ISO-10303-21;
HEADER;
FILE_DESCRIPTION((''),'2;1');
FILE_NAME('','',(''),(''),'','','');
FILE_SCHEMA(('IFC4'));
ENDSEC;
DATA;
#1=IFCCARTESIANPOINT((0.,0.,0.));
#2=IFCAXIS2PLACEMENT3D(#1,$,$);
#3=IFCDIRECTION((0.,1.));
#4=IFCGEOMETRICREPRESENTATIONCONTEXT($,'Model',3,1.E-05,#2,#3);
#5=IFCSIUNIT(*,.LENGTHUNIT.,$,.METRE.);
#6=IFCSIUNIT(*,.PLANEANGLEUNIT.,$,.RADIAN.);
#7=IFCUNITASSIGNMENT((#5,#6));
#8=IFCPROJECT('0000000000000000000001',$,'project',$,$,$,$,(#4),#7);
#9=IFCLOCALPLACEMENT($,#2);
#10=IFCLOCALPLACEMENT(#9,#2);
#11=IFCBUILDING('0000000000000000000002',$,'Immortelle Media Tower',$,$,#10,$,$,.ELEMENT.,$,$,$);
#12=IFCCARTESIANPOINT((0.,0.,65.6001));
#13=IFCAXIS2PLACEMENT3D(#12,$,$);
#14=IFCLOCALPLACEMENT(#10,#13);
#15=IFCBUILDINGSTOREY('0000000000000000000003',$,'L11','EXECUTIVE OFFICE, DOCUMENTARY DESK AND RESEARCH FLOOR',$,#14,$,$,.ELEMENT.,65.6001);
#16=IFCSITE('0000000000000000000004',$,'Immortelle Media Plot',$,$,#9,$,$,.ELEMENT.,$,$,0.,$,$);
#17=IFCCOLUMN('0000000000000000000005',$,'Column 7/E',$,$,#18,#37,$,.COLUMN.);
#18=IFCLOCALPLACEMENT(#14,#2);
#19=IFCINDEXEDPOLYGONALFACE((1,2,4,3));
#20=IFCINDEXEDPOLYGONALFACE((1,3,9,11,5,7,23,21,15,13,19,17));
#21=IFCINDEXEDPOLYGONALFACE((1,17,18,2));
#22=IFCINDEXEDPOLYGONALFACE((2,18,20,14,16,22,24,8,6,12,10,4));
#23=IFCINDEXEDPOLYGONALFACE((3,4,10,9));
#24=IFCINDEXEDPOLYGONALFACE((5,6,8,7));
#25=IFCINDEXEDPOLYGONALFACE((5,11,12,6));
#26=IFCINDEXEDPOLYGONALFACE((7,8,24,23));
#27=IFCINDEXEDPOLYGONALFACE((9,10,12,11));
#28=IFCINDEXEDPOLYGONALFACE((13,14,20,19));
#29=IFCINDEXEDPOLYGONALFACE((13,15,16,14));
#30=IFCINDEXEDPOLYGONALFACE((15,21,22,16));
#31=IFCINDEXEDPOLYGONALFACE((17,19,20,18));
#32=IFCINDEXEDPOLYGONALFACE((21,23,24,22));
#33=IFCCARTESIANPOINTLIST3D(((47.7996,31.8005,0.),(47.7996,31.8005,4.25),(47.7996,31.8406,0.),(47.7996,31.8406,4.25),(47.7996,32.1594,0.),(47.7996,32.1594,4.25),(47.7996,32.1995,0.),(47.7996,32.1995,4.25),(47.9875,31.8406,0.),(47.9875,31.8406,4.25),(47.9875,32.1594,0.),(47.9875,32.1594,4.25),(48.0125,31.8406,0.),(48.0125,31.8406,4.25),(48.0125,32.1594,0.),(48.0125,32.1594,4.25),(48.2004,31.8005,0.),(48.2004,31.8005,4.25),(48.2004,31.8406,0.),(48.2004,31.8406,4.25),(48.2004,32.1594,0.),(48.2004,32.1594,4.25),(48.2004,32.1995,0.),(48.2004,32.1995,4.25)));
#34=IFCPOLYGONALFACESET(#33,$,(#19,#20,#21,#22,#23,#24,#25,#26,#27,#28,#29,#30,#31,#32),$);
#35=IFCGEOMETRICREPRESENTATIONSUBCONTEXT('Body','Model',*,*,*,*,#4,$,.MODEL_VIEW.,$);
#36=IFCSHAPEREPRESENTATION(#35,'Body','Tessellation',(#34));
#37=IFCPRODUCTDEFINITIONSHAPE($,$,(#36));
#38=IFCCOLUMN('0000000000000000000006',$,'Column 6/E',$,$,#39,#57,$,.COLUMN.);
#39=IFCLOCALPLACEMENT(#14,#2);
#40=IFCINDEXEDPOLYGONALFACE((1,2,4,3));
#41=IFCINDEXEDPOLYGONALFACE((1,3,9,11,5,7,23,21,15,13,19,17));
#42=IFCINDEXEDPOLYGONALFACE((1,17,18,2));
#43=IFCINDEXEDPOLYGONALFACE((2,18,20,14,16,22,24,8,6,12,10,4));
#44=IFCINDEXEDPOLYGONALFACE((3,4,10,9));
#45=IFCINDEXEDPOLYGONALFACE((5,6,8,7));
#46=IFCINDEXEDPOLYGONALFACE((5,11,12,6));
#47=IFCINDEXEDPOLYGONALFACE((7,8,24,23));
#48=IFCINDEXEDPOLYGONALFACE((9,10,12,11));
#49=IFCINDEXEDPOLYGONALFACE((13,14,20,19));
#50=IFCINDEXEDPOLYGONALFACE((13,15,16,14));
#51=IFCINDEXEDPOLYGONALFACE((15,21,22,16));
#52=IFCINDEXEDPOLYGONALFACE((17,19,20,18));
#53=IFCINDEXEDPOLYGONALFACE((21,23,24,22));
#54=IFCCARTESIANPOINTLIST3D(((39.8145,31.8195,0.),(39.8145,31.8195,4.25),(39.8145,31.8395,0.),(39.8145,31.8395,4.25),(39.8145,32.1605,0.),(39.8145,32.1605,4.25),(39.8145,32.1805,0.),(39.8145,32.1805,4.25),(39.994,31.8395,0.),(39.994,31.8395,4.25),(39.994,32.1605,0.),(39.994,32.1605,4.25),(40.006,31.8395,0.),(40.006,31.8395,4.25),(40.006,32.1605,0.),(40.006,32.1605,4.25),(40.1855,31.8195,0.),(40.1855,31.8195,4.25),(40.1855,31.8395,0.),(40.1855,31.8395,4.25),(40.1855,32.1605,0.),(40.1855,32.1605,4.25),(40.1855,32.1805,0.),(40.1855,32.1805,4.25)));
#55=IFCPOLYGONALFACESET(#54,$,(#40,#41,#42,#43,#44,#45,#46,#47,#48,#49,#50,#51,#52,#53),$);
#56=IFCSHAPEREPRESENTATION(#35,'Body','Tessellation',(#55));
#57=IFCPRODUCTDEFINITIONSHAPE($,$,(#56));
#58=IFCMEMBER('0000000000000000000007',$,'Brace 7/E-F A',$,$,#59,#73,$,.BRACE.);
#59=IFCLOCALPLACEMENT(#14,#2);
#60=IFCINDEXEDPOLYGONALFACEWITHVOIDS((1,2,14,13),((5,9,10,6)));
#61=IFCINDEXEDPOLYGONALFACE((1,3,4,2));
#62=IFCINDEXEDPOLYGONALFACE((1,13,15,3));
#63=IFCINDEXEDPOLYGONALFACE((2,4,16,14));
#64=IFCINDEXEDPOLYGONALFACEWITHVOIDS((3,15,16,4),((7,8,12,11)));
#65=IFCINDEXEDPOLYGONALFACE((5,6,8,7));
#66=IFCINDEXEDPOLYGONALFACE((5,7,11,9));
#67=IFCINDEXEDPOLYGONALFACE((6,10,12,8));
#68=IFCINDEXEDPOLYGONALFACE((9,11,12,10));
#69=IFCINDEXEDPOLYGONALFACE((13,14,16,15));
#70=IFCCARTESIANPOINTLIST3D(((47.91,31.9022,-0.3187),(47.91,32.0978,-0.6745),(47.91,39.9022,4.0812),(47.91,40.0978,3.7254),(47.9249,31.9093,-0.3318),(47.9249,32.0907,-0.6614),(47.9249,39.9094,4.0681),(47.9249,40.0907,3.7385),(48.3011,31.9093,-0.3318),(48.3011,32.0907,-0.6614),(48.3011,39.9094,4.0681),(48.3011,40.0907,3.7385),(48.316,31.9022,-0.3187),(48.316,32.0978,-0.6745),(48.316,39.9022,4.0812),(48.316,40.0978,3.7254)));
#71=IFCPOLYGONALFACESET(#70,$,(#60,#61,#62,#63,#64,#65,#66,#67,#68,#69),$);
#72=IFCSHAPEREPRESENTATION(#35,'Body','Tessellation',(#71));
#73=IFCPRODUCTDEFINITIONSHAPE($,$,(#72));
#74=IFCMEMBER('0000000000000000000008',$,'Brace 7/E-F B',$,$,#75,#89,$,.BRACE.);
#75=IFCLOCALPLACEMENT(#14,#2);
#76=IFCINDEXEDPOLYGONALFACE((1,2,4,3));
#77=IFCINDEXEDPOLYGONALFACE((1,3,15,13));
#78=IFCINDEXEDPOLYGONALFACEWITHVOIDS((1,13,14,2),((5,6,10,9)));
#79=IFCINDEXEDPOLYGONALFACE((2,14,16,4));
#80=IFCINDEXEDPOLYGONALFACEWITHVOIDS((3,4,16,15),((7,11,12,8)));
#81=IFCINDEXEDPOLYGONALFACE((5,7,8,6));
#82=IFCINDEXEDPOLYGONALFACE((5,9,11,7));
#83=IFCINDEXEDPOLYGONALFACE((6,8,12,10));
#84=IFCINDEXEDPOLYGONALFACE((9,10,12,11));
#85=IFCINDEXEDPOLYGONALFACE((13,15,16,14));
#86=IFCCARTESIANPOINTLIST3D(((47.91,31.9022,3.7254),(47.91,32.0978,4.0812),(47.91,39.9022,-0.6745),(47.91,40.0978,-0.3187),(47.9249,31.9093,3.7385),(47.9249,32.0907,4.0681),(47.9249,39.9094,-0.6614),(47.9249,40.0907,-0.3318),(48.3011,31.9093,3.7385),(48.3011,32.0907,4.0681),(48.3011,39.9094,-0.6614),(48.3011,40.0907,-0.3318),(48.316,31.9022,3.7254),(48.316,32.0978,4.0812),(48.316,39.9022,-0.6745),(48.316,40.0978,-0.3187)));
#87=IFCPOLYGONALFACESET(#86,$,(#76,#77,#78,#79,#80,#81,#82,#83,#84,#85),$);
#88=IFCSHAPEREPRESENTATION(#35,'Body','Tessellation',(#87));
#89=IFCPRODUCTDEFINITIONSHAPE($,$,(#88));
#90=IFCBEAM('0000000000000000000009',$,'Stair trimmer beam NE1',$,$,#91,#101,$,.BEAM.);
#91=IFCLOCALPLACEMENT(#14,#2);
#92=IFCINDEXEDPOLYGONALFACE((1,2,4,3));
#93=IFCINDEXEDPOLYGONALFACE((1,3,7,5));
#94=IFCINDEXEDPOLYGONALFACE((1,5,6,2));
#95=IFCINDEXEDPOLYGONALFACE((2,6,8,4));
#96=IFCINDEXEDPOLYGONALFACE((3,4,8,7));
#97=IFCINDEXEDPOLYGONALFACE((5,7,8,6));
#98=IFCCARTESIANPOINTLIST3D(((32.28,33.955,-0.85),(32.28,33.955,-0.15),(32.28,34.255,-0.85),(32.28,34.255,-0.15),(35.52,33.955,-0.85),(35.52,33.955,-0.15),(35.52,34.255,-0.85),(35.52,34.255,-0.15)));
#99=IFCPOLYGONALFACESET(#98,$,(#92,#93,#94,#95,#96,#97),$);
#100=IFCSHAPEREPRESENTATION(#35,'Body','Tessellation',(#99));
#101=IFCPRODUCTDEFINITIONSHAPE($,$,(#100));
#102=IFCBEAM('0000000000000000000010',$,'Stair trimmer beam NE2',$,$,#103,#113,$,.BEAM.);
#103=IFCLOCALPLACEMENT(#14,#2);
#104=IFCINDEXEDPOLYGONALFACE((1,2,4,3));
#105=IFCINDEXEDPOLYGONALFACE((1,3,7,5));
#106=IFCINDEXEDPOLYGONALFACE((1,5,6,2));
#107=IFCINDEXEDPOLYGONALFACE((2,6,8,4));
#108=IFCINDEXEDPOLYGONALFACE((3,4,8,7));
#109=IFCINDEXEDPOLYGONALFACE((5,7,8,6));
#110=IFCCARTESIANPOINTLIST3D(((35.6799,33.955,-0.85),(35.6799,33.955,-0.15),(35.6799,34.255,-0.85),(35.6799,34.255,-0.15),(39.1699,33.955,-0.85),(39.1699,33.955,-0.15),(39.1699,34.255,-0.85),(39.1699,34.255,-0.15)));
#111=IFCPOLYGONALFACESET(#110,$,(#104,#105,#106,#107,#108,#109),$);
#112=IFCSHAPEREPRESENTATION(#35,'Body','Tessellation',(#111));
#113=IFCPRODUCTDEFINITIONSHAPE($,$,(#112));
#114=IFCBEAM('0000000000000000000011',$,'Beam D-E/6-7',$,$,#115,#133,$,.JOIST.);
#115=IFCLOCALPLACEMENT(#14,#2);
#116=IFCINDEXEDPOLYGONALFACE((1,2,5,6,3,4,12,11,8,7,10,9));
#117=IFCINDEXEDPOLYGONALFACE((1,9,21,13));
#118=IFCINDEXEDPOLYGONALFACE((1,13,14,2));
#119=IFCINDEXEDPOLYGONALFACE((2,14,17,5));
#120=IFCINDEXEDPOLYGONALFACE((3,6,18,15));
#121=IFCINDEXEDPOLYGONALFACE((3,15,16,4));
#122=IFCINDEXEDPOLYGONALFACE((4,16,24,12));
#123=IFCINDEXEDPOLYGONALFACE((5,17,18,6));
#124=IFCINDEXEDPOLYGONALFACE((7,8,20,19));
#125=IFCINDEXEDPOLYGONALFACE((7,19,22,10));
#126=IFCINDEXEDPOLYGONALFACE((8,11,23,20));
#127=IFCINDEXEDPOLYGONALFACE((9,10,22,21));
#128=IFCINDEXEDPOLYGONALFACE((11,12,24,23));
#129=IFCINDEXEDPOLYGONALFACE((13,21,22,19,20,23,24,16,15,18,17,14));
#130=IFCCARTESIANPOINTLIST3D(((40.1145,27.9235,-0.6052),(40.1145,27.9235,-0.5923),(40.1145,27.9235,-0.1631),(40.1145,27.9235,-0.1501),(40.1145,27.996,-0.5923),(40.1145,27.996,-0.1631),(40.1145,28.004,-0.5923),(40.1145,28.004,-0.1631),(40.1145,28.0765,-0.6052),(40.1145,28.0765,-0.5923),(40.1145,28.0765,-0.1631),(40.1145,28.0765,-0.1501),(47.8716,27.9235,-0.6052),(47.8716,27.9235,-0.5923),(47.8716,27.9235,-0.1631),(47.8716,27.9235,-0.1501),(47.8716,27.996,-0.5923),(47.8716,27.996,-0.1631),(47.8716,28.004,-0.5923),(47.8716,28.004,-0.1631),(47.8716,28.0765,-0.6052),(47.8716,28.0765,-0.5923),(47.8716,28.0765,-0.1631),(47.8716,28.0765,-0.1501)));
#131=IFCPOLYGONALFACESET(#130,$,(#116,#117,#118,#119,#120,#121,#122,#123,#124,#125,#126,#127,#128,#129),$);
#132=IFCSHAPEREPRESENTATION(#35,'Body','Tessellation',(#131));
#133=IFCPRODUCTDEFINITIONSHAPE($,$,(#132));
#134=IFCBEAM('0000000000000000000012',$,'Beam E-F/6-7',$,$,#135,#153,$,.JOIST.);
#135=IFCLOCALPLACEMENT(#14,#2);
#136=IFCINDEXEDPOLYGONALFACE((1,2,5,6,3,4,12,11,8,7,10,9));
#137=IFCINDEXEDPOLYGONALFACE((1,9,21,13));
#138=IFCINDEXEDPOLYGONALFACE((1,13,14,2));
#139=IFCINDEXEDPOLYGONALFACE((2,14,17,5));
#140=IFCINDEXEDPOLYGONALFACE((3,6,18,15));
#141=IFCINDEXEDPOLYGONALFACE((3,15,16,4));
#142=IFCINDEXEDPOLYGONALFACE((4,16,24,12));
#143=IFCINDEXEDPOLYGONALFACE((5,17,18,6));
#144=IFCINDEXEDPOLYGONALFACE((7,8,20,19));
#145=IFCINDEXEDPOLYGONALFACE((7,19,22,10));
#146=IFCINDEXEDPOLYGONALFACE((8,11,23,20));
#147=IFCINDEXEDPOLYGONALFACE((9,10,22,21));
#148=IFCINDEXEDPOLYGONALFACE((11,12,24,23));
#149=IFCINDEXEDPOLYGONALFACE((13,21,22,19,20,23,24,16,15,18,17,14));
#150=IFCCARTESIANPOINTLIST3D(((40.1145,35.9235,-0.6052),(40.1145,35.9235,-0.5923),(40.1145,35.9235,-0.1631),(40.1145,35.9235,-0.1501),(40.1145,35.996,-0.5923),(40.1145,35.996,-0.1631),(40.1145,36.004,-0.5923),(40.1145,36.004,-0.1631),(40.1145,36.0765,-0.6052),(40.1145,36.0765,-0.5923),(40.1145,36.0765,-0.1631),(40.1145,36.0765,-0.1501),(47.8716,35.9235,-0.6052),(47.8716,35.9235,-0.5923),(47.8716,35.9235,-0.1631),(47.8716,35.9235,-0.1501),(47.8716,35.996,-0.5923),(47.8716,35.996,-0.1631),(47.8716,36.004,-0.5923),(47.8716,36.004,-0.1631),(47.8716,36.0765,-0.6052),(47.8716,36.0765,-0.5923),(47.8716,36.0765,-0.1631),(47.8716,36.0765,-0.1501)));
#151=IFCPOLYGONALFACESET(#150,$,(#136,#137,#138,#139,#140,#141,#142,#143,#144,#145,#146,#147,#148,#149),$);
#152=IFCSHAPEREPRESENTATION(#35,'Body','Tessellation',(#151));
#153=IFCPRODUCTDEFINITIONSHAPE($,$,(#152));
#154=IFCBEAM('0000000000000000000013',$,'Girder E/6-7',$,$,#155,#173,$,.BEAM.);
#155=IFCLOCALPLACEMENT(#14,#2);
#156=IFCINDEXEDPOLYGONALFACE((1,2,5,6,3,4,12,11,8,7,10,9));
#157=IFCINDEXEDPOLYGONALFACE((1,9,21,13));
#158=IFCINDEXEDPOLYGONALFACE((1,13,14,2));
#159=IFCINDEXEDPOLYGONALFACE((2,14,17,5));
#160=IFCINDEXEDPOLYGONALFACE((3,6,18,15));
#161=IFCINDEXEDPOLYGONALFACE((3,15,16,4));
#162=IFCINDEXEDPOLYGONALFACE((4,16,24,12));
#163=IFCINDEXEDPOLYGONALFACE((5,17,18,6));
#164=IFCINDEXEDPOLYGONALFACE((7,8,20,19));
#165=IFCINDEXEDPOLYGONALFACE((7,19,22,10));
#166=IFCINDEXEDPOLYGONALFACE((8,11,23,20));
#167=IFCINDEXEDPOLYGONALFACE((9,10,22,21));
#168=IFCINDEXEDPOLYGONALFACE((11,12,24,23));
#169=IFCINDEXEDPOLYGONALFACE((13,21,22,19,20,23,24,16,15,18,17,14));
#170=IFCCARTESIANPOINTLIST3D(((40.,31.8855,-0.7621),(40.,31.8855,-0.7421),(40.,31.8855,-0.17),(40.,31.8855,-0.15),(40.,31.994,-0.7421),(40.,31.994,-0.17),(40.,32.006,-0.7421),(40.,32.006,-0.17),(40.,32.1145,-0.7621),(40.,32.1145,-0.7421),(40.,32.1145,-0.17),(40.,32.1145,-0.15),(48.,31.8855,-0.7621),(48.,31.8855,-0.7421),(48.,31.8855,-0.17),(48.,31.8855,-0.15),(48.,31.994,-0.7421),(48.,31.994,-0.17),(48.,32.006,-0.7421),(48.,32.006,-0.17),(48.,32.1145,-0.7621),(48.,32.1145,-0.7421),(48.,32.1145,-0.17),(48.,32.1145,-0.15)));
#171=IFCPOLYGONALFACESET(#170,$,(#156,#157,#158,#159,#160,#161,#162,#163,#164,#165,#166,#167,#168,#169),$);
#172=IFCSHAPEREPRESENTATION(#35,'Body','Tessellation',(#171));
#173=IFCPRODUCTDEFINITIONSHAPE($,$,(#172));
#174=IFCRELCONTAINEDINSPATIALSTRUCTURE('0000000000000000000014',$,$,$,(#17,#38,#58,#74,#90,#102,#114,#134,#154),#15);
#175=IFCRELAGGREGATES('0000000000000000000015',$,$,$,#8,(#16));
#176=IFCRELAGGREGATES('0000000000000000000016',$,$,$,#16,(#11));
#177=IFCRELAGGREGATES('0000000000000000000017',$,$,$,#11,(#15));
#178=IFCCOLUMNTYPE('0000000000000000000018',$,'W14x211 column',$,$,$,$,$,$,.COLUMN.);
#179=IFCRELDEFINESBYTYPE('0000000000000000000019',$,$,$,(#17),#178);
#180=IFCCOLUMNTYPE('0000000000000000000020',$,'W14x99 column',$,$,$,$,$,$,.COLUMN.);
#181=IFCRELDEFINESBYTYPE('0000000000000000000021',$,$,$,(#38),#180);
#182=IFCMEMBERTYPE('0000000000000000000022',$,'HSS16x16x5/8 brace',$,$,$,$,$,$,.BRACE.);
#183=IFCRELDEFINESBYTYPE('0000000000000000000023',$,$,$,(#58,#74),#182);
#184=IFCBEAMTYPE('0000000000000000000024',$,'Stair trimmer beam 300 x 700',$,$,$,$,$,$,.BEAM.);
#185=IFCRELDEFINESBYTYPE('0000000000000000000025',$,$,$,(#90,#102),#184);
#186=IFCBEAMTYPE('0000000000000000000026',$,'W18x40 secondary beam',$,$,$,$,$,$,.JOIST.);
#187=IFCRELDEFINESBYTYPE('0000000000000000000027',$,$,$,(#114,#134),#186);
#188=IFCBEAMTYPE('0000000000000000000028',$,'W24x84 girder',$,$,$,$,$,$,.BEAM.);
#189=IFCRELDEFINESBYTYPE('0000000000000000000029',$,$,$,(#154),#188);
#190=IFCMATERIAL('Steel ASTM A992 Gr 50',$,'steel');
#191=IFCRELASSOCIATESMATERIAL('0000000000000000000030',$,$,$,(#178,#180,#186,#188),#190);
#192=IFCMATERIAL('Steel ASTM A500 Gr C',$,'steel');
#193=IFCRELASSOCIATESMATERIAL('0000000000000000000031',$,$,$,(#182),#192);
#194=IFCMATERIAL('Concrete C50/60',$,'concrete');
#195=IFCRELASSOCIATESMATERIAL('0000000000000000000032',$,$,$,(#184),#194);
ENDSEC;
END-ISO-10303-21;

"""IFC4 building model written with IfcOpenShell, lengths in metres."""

from ifc_helpers import new_model, si_unit, direction, frame, origin, origin_2d, place, context, subcontext, project, spatial, rectangle, hollow_rectangle, i_section, extrude, material, material_profile, profile_set, type_object, element, save


model = new_model("IFC4")

# Units and contexts
model_context = context("Model", 3, precision=1e-05, world=origin(), true_north=direction((0.0, 1.0)))
body_context = subcontext(model_context, "Body", "Model", "MODEL_VIEW")
ifc_project = project(units=[si_unit("LENGTHUNIT", "METRE"), si_unit("PLANEANGLEUNIT", "RADIAN")], contexts=[model_context])

# Site, building, storey
site_placement = place(None, origin())
site = spatial("IfcSite", under=ifc_project, at=site_placement, Name="Immortelle Media Plot", CompositionType="ELEMENT", RefElevation=0.0)
building_placement = place(site_placement, origin())
building = spatial("IfcBuilding", under=site, at=building_placement, Name="Immortelle Media Tower", CompositionType="ELEMENT")
storey_placement = place(building_placement, frame((0.0, 0.0, 65.6001)))
storey = spatial("IfcBuildingStorey", under=building, at=storey_placement, Name="L11", Description="EXECUTIVE OFFICE, DOCUMENTARY DESK AND RESEARCH FLOOR", CompositionType="ELEMENT", Elevation=65.6001)

# Columns
ifc_material_1 = material(Name="Steel ASTM A992 Gr 50", Category="steel")
ifc_material_profile_1 = material_profile(ifc_material_1, i_section(OverallWidth=0.4009, OverallDepth=0.3989, WebThickness=0.0249, FlangeThickness=0.04, at=origin_2d()), Name="W14x211")
ifc_profile_set_1 = profile_set([ifc_material_profile_1], Name="Steel ASTM A992 Gr 50")
column_type_1 = type_object("IfcColumnType", Name="W14x211 column", PredefinedType="COLUMN", material=ifc_profile_set_1)
column_1_placement = place(storey_placement, frame((48.0, 32.0, 0.0), z_axis=(0.0, 0.0, 1.0), x_axis=(1.0, 0.0, 0.0)))
element("IfcColumn", 1, at=column_1_placement, inside=storey, type_object=column_type_1, Name="Column 7/E", PredefinedType="COLUMN", context=body_context, shape_type="SweptSolid", body=[
    extrude(i_section(OverallWidth=0.4009, OverallDepth=0.3989, WebThickness=0.0249, FlangeThickness=0.04, at=origin_2d()), origin(), (0.0, 0.0, 1.0), 4.25),
])
ifc_material_profile_2 = material_profile(ifc_material_1, i_section(OverallWidth=0.3711, OverallDepth=0.3611, WebThickness=0.012, FlangeThickness=0.02, at=origin_2d()), Name="W14x99")
ifc_profile_set_2 = profile_set([ifc_material_profile_2], Name="Steel ASTM A992 Gr 50")
column_type_2 = type_object("IfcColumnType", Name="W14x99 column", PredefinedType="COLUMN", material=ifc_profile_set_2)
column_2_placement = place(storey_placement, frame((40.0, 32.0, 0.0), z_axis=(0.0, 0.0, 1.0), x_axis=(1.0, 0.0, 0.0)))
element("IfcColumn", 2, at=column_2_placement, inside=storey, type_object=column_type_2, Name="Column 6/E", PredefinedType="COLUMN", context=body_context, shape_type="SweptSolid", body=[
    extrude(i_section(OverallWidth=0.3711, OverallDepth=0.3611, WebThickness=0.012, FlangeThickness=0.02, at=origin_2d()), origin(), (0.0, 0.0, 1.0), 4.25),
])

# Members
ifc_material_2 = material(Name="Steel ASTM A500 Gr C", Category="steel")
ifc_material_profile_3 = material_profile(ifc_material_2, hollow_rectangle(XDim=0.406, YDim=0.406, WallThickness=0.0149, at=origin_2d()), Name="HSS16x16x5/8 brace")
ifc_profile_set_3 = profile_set([ifc_material_profile_3], Name="Steel ASTM A500 Gr C")
member_type = type_object("IfcMemberType", Name="HSS16x16x5/8 brace", PredefinedType="BRACE", material=ifc_profile_set_3)
for number, where, z_axis, x_axis, name in (
    (3, (48.113, 32.0, -0.4966), (0.0, 0.87622, 0.481911), (-1.0, 0.0, 0.0), "Brace 7/E-F A"),
    (4, (48.113, 32.0, 3.9033), (0.0, 0.87622, -0.481911), (-1.0, 0.0, 0.0), "Brace 7/E-F B"),
):
    element("IfcMember", number, at=place(storey_placement, frame(where, z_axis=z_axis, x_axis=x_axis)), inside=storey, type_object=member_type, Name=name, PredefinedType="BRACE", context=body_context, shape_type="SweptSolid", body=[
        extrude(hollow_rectangle(XDim=0.406, YDim=0.406, WallThickness=0.0149, at=origin_2d()), origin(), (0.0, 0.0, 1.0), 9.1301),
    ])

# Beams
ifc_material_3 = material(Name="Concrete C50/60", Category="concrete")
ifc_material_profile_4 = material_profile(ifc_material_3, rectangle(XDim=0.3, YDim=0.7, at=origin_2d()), Name="RC 300x700")
ifc_profile_set_4 = profile_set([ifc_material_profile_4], Name="Concrete C50/60")
beam_type_1 = type_object("IfcBeamType", Name="Stair trimmer beam 300 x 700", PredefinedType="BEAM", material=ifc_profile_set_4)
beam_1_placement = place(storey_placement, frame((32.28, 34.105, -0.5), z_axis=(1.0, 0.0, 0.0), x_axis=(0.0, 1.0, 0.0)))
element("IfcBeam", 5, at=beam_1_placement, inside=storey, type_object=beam_type_1, Name="Stair trimmer beam NE1", PredefinedType="BEAM", context=body_context, shape_type="SweptSolid", body=[
    extrude(rectangle(XDim=0.3, YDim=0.7, at=origin_2d()), origin(), (0.0, 0.0, 1.0), 3.24),
])
beam_2_placement = place(storey_placement, frame((35.6799, 34.105, -0.5), z_axis=(1.0, 0.0, 0.0), x_axis=(0.0, 1.0, 0.0)))
element("IfcBeam", 6, at=beam_2_placement, inside=storey, type_object=beam_type_1, Name="Stair trimmer beam NE2", PredefinedType="BEAM", context=body_context, shape_type="SweptSolid", body=[
    extrude(rectangle(XDim=0.3, YDim=0.7, at=origin_2d()), origin(), (0.0, 0.0, 1.0), 3.49),
])
ifc_material_profile_5 = material_profile(ifc_material_1, i_section(OverallWidth=0.1531, OverallDepth=0.4551, WebThickness=0.0081, FlangeThickness=0.0129, at=origin_2d()), Name="W18x40")
ifc_profile_set_5 = profile_set([ifc_material_profile_5], Name="Steel ASTM A992 Gr 50")
beam_type_2 = type_object("IfcBeamType", Name="W18x40 secondary beam", PredefinedType="JOIST", material=ifc_profile_set_5)
for number, where, z_axis, x_axis, name in (
    (7, (40.1145, 28.0, -0.3777), (1.0, 0.0, 0.0), (0.0, 1.0, 0.0), "Beam D-E/6-7"),
    (8, (40.1145, 36.0, -0.3777), (1.0, 0.0, 0.0), (0.0, 1.0, 0.0), "Beam E-F/6-7"),
):
    element("IfcBeam", number, at=place(storey_placement, frame(where, z_axis=z_axis, x_axis=x_axis)), inside=storey, type_object=beam_type_2, Name=name, PredefinedType="JOIST", context=body_context, shape_type="SweptSolid", body=[
        extrude(i_section(OverallWidth=0.1531, OverallDepth=0.4551, WebThickness=0.0081, FlangeThickness=0.0129, at=origin_2d()), origin(), (0.0, 0.0, 1.0), 7.7571),
    ])
ifc_material_profile_6 = material_profile(ifc_material_1, i_section(OverallWidth=0.229, OverallDepth=0.6121, WebThickness=0.012, FlangeThickness=0.02, at=origin_2d()), Name="W24x84")
ifc_profile_set_6 = profile_set([ifc_material_profile_6], Name="Steel ASTM A992 Gr 50")
beam_type_3 = type_object("IfcBeamType", Name="W24x84 girder", PredefinedType="BEAM", material=ifc_profile_set_6)
for number, where, z_axis, x_axis, name in (
    (9, (40.0, 32.0, -0.4561), (1.0, 0.0, 0.0), (0.0, 1.0, 0.0), "Girder E/6-7"),
):
    element("IfcBeam", number, at=place(storey_placement, frame(where, z_axis=z_axis, x_axis=x_axis)), inside=storey, type_object=beam_type_3, Name=name, PredefinedType="BEAM", context=body_context, shape_type="SweptSolid", body=[
        extrude(i_section(OverallWidth=0.229, OverallDepth=0.6121, WebThickness=0.012, FlangeThickness=0.02, at=origin_2d()), origin(), (0.0, 0.0, 1.0), 8.0),
    ])

save(model, "model.ifc")
